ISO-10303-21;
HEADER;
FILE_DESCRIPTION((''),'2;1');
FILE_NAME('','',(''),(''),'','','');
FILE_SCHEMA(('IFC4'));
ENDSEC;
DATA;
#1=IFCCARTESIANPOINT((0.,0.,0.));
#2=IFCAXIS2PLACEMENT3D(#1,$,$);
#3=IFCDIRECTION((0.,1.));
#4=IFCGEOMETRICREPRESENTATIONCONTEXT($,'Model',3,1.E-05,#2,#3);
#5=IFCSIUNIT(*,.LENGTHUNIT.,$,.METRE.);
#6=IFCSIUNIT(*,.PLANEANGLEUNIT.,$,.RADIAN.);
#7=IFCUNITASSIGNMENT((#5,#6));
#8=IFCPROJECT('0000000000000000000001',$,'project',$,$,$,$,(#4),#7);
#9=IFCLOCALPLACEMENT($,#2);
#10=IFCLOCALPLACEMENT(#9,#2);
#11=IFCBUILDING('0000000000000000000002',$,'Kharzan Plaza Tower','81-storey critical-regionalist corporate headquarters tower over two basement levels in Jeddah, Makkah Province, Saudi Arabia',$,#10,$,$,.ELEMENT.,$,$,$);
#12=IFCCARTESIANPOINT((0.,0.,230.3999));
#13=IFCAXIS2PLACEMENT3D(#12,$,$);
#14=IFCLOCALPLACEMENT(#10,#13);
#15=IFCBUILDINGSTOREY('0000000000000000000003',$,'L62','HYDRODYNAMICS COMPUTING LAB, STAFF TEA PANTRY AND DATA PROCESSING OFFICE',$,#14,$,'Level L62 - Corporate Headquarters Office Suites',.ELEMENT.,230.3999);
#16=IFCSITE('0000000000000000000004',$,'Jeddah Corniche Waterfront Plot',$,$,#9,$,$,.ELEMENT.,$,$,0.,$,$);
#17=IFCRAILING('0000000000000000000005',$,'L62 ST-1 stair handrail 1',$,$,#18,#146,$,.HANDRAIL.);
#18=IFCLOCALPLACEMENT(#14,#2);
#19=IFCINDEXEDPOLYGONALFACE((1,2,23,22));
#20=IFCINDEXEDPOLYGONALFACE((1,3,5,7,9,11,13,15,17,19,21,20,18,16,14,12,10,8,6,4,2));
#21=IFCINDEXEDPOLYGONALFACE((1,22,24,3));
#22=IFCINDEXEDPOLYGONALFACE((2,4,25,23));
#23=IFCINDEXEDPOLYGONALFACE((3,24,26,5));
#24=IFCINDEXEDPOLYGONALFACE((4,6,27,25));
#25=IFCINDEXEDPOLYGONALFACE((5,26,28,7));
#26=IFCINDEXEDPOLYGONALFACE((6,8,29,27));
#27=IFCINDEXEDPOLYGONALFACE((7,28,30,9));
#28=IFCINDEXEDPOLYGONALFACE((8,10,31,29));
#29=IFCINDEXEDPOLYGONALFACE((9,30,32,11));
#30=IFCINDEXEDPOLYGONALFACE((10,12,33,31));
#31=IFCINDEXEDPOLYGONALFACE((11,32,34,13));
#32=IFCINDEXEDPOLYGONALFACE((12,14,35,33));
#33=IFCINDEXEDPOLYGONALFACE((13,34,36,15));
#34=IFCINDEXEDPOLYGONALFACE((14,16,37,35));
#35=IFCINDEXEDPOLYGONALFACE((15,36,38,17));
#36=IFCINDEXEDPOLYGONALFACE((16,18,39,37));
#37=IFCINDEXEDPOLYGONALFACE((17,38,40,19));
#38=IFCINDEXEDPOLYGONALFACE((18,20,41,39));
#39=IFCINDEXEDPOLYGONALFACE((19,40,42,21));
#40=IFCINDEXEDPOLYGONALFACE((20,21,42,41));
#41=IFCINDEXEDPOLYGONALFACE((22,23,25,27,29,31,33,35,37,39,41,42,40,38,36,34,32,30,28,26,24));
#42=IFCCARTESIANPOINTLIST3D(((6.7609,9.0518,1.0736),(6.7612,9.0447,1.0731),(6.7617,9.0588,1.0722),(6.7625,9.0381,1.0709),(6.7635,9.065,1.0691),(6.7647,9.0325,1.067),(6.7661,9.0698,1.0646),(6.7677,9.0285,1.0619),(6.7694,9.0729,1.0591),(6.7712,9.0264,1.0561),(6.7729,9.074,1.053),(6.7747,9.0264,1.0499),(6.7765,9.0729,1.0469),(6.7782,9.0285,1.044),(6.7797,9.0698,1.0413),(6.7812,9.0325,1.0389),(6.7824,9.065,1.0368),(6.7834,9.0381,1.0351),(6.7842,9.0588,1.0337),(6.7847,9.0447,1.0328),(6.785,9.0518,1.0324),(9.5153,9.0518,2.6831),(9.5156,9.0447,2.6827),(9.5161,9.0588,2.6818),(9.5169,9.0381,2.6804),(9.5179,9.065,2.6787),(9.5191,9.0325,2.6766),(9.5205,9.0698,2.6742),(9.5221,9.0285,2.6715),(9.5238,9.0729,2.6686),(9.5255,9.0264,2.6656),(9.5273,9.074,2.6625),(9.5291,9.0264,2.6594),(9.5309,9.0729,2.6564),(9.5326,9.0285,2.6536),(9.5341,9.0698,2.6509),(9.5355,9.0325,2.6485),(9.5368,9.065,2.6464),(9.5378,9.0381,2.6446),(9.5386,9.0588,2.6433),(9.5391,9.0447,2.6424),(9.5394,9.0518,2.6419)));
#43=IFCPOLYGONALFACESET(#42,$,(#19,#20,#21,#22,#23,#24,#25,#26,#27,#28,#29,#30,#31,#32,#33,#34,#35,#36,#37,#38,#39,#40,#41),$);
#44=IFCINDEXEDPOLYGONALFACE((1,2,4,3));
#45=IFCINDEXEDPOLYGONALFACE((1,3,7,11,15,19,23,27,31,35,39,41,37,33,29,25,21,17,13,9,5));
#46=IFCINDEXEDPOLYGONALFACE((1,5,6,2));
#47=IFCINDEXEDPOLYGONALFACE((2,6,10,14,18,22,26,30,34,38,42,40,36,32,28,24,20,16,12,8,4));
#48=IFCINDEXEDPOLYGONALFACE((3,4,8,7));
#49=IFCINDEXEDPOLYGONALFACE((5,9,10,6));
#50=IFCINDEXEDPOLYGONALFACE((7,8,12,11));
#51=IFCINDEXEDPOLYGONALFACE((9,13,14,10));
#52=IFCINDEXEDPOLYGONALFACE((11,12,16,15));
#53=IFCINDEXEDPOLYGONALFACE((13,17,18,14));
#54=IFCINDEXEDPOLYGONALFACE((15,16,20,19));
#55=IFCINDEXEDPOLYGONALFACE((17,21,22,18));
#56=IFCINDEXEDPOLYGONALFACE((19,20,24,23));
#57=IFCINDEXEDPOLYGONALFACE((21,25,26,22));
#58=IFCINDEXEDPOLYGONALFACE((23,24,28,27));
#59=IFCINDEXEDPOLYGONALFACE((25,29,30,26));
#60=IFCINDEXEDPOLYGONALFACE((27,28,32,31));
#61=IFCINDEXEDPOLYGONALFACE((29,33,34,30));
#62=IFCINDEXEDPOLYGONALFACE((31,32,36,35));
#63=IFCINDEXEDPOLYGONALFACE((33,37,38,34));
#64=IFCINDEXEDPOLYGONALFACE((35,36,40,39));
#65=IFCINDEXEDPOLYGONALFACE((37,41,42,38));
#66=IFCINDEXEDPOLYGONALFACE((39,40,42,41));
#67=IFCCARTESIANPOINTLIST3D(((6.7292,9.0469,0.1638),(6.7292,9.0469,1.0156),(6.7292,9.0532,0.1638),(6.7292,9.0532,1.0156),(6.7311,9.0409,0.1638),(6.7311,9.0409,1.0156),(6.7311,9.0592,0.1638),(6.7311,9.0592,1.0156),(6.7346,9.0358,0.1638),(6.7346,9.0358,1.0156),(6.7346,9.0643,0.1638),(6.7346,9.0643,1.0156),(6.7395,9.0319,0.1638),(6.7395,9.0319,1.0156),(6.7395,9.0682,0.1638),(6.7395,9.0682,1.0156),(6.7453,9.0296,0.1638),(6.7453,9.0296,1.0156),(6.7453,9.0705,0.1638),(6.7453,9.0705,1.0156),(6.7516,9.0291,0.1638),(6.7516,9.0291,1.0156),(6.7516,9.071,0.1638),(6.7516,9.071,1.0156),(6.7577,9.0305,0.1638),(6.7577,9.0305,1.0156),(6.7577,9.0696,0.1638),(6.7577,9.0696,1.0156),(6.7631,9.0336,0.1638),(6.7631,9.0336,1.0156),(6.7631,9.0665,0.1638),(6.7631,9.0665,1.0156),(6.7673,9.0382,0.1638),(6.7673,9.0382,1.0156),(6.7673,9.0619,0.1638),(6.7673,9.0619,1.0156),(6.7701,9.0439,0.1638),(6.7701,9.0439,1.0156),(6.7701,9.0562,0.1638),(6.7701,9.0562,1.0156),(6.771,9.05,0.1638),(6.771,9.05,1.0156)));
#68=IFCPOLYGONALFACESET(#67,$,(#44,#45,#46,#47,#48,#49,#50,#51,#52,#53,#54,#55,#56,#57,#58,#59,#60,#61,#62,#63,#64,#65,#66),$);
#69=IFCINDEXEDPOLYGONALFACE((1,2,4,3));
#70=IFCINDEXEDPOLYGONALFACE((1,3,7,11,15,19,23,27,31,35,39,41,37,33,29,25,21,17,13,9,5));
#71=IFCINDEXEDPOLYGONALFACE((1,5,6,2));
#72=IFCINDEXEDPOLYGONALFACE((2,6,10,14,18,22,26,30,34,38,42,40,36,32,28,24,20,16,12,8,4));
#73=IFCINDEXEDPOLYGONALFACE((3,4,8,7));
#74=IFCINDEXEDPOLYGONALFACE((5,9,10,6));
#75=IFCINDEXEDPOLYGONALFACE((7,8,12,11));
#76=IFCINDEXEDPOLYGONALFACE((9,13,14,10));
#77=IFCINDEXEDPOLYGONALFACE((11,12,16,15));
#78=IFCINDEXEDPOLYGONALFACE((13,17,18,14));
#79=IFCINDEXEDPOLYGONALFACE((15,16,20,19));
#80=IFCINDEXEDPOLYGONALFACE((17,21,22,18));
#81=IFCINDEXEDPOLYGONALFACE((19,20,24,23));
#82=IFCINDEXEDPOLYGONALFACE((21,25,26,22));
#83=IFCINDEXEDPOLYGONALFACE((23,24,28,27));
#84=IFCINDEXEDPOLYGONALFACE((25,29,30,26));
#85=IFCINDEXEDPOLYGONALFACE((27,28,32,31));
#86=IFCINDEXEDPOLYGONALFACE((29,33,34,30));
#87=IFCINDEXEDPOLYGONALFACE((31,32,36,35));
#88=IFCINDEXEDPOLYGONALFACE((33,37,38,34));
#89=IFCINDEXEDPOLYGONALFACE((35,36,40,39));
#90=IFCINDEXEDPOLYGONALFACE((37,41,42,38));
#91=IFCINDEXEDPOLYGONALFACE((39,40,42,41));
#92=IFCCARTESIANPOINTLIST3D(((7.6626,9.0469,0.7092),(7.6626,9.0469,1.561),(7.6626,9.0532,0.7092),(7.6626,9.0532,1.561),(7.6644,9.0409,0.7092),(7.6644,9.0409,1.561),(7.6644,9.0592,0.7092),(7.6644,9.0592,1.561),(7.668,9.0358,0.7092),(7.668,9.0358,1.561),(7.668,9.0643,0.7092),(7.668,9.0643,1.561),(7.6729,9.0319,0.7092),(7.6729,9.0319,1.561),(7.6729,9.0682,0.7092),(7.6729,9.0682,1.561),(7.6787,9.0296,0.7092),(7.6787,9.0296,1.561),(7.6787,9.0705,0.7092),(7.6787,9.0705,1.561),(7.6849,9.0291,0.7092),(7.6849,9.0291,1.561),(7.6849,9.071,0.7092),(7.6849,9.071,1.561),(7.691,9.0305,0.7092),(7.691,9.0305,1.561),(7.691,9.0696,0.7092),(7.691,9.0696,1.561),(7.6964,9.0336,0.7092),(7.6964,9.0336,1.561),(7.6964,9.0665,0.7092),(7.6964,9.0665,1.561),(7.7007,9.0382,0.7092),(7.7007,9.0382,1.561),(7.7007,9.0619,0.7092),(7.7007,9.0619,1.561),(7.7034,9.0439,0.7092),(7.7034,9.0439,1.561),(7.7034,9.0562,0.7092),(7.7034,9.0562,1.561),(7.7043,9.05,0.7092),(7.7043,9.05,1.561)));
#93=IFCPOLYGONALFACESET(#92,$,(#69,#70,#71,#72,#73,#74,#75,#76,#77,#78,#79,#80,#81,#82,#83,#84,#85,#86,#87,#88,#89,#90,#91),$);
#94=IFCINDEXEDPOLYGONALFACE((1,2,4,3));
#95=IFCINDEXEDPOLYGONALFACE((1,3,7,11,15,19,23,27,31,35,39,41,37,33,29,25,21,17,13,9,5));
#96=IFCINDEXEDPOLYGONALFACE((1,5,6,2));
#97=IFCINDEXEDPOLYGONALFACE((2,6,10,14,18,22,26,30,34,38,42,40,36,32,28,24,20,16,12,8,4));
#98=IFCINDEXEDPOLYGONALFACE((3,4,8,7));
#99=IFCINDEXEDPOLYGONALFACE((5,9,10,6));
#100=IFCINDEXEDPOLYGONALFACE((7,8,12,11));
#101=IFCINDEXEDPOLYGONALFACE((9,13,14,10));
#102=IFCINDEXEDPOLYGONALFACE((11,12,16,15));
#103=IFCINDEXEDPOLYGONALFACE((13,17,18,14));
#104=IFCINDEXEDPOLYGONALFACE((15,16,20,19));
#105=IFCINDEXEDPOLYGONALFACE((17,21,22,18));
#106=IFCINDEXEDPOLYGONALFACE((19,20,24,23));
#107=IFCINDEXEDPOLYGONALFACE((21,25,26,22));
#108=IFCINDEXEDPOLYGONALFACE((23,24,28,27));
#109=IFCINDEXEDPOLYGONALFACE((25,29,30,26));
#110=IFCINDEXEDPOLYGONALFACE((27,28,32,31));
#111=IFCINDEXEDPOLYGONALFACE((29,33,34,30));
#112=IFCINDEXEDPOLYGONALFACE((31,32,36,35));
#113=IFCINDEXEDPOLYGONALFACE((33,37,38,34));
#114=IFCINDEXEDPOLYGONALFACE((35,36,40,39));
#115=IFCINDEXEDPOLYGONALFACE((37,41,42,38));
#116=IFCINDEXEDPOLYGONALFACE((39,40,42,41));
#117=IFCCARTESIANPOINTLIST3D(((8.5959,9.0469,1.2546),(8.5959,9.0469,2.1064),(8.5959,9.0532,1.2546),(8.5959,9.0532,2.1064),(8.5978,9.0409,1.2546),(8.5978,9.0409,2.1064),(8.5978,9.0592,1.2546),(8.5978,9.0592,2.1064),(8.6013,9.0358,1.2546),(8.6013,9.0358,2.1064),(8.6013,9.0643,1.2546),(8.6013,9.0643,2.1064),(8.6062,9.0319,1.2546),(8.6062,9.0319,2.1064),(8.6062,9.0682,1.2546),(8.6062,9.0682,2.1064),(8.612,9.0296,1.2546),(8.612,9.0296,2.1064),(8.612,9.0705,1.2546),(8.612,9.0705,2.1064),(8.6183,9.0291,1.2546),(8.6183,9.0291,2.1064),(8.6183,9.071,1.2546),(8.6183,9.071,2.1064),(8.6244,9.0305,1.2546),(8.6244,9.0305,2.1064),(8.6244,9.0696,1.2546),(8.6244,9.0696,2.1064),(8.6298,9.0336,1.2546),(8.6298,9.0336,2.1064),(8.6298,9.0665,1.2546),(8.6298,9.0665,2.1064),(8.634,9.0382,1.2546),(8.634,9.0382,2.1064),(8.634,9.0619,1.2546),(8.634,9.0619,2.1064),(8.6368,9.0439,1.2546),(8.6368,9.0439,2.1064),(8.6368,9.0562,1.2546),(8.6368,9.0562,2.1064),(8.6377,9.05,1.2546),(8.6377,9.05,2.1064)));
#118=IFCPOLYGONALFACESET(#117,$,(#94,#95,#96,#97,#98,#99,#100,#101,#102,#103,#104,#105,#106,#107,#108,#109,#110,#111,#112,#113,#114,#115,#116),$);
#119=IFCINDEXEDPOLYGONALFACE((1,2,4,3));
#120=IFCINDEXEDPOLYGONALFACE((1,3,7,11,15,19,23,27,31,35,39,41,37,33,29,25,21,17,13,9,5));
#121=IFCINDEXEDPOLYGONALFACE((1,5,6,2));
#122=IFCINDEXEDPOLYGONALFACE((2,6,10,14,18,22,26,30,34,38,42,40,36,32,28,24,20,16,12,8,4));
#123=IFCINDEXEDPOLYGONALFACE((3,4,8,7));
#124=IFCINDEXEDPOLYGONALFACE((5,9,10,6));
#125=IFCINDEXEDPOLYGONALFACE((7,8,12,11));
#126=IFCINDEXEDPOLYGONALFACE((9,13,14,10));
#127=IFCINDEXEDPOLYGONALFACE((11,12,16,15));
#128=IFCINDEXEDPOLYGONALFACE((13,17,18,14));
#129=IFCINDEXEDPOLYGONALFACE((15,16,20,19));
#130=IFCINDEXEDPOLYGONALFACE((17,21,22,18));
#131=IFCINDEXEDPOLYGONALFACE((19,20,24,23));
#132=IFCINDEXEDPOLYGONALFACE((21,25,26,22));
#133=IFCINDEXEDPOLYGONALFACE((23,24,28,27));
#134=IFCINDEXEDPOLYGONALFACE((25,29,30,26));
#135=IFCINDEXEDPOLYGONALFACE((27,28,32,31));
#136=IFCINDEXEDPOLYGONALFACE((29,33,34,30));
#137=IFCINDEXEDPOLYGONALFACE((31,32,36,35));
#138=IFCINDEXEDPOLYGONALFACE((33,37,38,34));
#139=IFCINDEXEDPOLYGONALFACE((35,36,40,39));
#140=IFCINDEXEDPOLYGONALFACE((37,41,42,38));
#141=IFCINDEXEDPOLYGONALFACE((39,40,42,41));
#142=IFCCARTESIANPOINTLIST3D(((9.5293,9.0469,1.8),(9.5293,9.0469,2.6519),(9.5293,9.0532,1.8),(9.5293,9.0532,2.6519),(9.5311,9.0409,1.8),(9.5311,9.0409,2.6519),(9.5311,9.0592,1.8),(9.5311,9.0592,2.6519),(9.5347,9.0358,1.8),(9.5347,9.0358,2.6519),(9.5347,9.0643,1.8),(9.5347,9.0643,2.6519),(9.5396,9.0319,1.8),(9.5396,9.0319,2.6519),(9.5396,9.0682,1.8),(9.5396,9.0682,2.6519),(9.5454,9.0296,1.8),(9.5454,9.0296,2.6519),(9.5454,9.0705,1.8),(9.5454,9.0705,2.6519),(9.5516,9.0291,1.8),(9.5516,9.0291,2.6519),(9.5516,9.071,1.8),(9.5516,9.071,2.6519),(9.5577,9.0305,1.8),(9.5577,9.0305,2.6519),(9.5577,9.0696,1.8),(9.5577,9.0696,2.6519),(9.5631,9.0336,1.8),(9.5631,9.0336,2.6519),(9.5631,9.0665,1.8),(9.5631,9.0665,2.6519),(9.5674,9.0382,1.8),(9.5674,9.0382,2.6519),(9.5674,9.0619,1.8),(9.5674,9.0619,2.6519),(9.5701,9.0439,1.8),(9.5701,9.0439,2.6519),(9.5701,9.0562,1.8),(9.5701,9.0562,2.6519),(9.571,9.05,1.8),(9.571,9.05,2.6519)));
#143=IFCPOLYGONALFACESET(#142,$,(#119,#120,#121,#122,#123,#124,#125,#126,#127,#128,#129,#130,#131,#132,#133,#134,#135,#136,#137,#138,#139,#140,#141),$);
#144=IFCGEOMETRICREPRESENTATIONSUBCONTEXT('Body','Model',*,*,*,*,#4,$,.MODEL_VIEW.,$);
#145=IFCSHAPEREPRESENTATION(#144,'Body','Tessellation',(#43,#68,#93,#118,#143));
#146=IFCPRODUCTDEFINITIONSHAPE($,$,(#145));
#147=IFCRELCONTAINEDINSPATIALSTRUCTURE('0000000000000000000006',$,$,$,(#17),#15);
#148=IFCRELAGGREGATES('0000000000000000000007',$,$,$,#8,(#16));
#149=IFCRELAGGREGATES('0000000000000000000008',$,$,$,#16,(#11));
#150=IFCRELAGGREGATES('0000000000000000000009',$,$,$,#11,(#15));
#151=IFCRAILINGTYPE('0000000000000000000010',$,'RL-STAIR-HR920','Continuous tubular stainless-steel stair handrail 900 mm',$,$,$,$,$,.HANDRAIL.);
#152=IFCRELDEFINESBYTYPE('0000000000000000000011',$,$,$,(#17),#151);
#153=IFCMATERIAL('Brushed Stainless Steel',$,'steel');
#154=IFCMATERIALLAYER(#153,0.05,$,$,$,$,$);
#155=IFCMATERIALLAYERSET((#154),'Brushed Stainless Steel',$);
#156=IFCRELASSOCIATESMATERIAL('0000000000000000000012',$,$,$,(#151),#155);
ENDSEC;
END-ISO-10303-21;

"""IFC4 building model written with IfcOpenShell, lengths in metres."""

from ifc_helpers import new_model, si_unit, direction, frame, origin, origin_2d, place, context, subcontext, project, spatial, circle, extrude, source, transform, mapped, material, layer, layer_set, type_object, element, save


model = new_model("IFC4")

# Units and contexts
model_context = context("Model", 3, precision=1e-05, world=origin(), true_north=direction((0.0, 1.0)))
body_context = subcontext(model_context, "Body", "Model", "MODEL_VIEW")
ifc_project = project(units=[si_unit("LENGTHUNIT", "METRE"), si_unit("PLANEANGLEUNIT", "RADIAN")], contexts=[model_context])

# Site, building, storey
site_placement = place(None, origin())
site = spatial("IfcSite", under=ifc_project, at=site_placement, Name="Jeddah Corniche Waterfront Plot", CompositionType="ELEMENT", RefElevation=0.0)
building_placement = place(site_placement, origin())
building = spatial("IfcBuilding", under=site, at=building_placement, Name="Kharzan Plaza Tower", Description="81-storey critical-regionalist corporate headquarters tower over two basement levels in Jeddah, Makkah Province, Saudi Arabia", CompositionType="ELEMENT")
storey_placement = place(building_placement, frame((0.0, 0.0, 230.3999)))
storey = spatial("IfcBuildingStorey", under=building, at=storey_placement, Name="L62", Description="HYDRODYNAMICS COMPUTING LAB, STAFF TEA PANTRY AND DATA PROCESSING OFFICE", LongName="Level L62 - Corporate Headquarters Office Suites", CompositionType="ELEMENT", Elevation=230.3999)

# Railing
ifc_material_1 = material(Name="Brushed Stainless Steel", Category="steel")
ifc_layer_1 = layer(ifc_material_1, 0.05)
ifc_layer_set_1 = layer_set([ifc_layer_1], Name="Brushed Stainless Steel")
railing_type_1 = type_object("IfcRailingType", Name="RL-STAIR-HR920", Description="Continuous tubular stainless-steel stair handrail 900 mm", PredefinedType="HANDRAIL", material=ifc_layer_set_1)
shared_shape_1 = source(origin(), body_context, "Body", "SweptSolid", [
    extrude(circle(Radius=0.0239, at=origin_2d()), frame((0.0229, 0.0, 0.8892), z_axis=(0.863394, 0.0, 0.504531), x_axis=(0.0, 1.0, 0.0)), (0.0, 0.0, 1.0), 3.1902),
    extrude(circle(Radius=0.021, at=origin_2d()), origin(), (0.0, 0.0, 1.0), 0.8518),
    extrude(circle(Radius=0.021, at=origin_2d()), frame((0.9333, 0.0, 0.5454)), (0.0, 0.0, 1.0), 0.8518),
    extrude(circle(Radius=0.021, at=origin_2d()), frame((1.8667, 0.0, 1.0908)), (0.0, 0.0, 1.0), 0.8518),
    extrude(circle(Radius=0.021, at=origin_2d()), frame((2.8, 0.0, 1.6362)), (0.0, 0.0, 1.0), 0.8518),
])
railing_1_placement = place(storey_placement, frame((6.75, 9.05, 0.1638)))
element("IfcRailing", 1, at=railing_1_placement, inside=storey, type_object=railing_type_1, Name="L62 ST-1 stair handrail 1", PredefinedType="HANDRAIL", context=body_context, shape_type="MappedRepresentation", body=[
    mapped(shared_shape_1, transform((0.0, 0.0, 0.0), x_axis=(1.0, 0.0, 0.0), y_axis=(0.0, 1.0, 0.0), z_axis=(0.0, 0.0, 1.0))),
])

save(model, "model.ifc")
